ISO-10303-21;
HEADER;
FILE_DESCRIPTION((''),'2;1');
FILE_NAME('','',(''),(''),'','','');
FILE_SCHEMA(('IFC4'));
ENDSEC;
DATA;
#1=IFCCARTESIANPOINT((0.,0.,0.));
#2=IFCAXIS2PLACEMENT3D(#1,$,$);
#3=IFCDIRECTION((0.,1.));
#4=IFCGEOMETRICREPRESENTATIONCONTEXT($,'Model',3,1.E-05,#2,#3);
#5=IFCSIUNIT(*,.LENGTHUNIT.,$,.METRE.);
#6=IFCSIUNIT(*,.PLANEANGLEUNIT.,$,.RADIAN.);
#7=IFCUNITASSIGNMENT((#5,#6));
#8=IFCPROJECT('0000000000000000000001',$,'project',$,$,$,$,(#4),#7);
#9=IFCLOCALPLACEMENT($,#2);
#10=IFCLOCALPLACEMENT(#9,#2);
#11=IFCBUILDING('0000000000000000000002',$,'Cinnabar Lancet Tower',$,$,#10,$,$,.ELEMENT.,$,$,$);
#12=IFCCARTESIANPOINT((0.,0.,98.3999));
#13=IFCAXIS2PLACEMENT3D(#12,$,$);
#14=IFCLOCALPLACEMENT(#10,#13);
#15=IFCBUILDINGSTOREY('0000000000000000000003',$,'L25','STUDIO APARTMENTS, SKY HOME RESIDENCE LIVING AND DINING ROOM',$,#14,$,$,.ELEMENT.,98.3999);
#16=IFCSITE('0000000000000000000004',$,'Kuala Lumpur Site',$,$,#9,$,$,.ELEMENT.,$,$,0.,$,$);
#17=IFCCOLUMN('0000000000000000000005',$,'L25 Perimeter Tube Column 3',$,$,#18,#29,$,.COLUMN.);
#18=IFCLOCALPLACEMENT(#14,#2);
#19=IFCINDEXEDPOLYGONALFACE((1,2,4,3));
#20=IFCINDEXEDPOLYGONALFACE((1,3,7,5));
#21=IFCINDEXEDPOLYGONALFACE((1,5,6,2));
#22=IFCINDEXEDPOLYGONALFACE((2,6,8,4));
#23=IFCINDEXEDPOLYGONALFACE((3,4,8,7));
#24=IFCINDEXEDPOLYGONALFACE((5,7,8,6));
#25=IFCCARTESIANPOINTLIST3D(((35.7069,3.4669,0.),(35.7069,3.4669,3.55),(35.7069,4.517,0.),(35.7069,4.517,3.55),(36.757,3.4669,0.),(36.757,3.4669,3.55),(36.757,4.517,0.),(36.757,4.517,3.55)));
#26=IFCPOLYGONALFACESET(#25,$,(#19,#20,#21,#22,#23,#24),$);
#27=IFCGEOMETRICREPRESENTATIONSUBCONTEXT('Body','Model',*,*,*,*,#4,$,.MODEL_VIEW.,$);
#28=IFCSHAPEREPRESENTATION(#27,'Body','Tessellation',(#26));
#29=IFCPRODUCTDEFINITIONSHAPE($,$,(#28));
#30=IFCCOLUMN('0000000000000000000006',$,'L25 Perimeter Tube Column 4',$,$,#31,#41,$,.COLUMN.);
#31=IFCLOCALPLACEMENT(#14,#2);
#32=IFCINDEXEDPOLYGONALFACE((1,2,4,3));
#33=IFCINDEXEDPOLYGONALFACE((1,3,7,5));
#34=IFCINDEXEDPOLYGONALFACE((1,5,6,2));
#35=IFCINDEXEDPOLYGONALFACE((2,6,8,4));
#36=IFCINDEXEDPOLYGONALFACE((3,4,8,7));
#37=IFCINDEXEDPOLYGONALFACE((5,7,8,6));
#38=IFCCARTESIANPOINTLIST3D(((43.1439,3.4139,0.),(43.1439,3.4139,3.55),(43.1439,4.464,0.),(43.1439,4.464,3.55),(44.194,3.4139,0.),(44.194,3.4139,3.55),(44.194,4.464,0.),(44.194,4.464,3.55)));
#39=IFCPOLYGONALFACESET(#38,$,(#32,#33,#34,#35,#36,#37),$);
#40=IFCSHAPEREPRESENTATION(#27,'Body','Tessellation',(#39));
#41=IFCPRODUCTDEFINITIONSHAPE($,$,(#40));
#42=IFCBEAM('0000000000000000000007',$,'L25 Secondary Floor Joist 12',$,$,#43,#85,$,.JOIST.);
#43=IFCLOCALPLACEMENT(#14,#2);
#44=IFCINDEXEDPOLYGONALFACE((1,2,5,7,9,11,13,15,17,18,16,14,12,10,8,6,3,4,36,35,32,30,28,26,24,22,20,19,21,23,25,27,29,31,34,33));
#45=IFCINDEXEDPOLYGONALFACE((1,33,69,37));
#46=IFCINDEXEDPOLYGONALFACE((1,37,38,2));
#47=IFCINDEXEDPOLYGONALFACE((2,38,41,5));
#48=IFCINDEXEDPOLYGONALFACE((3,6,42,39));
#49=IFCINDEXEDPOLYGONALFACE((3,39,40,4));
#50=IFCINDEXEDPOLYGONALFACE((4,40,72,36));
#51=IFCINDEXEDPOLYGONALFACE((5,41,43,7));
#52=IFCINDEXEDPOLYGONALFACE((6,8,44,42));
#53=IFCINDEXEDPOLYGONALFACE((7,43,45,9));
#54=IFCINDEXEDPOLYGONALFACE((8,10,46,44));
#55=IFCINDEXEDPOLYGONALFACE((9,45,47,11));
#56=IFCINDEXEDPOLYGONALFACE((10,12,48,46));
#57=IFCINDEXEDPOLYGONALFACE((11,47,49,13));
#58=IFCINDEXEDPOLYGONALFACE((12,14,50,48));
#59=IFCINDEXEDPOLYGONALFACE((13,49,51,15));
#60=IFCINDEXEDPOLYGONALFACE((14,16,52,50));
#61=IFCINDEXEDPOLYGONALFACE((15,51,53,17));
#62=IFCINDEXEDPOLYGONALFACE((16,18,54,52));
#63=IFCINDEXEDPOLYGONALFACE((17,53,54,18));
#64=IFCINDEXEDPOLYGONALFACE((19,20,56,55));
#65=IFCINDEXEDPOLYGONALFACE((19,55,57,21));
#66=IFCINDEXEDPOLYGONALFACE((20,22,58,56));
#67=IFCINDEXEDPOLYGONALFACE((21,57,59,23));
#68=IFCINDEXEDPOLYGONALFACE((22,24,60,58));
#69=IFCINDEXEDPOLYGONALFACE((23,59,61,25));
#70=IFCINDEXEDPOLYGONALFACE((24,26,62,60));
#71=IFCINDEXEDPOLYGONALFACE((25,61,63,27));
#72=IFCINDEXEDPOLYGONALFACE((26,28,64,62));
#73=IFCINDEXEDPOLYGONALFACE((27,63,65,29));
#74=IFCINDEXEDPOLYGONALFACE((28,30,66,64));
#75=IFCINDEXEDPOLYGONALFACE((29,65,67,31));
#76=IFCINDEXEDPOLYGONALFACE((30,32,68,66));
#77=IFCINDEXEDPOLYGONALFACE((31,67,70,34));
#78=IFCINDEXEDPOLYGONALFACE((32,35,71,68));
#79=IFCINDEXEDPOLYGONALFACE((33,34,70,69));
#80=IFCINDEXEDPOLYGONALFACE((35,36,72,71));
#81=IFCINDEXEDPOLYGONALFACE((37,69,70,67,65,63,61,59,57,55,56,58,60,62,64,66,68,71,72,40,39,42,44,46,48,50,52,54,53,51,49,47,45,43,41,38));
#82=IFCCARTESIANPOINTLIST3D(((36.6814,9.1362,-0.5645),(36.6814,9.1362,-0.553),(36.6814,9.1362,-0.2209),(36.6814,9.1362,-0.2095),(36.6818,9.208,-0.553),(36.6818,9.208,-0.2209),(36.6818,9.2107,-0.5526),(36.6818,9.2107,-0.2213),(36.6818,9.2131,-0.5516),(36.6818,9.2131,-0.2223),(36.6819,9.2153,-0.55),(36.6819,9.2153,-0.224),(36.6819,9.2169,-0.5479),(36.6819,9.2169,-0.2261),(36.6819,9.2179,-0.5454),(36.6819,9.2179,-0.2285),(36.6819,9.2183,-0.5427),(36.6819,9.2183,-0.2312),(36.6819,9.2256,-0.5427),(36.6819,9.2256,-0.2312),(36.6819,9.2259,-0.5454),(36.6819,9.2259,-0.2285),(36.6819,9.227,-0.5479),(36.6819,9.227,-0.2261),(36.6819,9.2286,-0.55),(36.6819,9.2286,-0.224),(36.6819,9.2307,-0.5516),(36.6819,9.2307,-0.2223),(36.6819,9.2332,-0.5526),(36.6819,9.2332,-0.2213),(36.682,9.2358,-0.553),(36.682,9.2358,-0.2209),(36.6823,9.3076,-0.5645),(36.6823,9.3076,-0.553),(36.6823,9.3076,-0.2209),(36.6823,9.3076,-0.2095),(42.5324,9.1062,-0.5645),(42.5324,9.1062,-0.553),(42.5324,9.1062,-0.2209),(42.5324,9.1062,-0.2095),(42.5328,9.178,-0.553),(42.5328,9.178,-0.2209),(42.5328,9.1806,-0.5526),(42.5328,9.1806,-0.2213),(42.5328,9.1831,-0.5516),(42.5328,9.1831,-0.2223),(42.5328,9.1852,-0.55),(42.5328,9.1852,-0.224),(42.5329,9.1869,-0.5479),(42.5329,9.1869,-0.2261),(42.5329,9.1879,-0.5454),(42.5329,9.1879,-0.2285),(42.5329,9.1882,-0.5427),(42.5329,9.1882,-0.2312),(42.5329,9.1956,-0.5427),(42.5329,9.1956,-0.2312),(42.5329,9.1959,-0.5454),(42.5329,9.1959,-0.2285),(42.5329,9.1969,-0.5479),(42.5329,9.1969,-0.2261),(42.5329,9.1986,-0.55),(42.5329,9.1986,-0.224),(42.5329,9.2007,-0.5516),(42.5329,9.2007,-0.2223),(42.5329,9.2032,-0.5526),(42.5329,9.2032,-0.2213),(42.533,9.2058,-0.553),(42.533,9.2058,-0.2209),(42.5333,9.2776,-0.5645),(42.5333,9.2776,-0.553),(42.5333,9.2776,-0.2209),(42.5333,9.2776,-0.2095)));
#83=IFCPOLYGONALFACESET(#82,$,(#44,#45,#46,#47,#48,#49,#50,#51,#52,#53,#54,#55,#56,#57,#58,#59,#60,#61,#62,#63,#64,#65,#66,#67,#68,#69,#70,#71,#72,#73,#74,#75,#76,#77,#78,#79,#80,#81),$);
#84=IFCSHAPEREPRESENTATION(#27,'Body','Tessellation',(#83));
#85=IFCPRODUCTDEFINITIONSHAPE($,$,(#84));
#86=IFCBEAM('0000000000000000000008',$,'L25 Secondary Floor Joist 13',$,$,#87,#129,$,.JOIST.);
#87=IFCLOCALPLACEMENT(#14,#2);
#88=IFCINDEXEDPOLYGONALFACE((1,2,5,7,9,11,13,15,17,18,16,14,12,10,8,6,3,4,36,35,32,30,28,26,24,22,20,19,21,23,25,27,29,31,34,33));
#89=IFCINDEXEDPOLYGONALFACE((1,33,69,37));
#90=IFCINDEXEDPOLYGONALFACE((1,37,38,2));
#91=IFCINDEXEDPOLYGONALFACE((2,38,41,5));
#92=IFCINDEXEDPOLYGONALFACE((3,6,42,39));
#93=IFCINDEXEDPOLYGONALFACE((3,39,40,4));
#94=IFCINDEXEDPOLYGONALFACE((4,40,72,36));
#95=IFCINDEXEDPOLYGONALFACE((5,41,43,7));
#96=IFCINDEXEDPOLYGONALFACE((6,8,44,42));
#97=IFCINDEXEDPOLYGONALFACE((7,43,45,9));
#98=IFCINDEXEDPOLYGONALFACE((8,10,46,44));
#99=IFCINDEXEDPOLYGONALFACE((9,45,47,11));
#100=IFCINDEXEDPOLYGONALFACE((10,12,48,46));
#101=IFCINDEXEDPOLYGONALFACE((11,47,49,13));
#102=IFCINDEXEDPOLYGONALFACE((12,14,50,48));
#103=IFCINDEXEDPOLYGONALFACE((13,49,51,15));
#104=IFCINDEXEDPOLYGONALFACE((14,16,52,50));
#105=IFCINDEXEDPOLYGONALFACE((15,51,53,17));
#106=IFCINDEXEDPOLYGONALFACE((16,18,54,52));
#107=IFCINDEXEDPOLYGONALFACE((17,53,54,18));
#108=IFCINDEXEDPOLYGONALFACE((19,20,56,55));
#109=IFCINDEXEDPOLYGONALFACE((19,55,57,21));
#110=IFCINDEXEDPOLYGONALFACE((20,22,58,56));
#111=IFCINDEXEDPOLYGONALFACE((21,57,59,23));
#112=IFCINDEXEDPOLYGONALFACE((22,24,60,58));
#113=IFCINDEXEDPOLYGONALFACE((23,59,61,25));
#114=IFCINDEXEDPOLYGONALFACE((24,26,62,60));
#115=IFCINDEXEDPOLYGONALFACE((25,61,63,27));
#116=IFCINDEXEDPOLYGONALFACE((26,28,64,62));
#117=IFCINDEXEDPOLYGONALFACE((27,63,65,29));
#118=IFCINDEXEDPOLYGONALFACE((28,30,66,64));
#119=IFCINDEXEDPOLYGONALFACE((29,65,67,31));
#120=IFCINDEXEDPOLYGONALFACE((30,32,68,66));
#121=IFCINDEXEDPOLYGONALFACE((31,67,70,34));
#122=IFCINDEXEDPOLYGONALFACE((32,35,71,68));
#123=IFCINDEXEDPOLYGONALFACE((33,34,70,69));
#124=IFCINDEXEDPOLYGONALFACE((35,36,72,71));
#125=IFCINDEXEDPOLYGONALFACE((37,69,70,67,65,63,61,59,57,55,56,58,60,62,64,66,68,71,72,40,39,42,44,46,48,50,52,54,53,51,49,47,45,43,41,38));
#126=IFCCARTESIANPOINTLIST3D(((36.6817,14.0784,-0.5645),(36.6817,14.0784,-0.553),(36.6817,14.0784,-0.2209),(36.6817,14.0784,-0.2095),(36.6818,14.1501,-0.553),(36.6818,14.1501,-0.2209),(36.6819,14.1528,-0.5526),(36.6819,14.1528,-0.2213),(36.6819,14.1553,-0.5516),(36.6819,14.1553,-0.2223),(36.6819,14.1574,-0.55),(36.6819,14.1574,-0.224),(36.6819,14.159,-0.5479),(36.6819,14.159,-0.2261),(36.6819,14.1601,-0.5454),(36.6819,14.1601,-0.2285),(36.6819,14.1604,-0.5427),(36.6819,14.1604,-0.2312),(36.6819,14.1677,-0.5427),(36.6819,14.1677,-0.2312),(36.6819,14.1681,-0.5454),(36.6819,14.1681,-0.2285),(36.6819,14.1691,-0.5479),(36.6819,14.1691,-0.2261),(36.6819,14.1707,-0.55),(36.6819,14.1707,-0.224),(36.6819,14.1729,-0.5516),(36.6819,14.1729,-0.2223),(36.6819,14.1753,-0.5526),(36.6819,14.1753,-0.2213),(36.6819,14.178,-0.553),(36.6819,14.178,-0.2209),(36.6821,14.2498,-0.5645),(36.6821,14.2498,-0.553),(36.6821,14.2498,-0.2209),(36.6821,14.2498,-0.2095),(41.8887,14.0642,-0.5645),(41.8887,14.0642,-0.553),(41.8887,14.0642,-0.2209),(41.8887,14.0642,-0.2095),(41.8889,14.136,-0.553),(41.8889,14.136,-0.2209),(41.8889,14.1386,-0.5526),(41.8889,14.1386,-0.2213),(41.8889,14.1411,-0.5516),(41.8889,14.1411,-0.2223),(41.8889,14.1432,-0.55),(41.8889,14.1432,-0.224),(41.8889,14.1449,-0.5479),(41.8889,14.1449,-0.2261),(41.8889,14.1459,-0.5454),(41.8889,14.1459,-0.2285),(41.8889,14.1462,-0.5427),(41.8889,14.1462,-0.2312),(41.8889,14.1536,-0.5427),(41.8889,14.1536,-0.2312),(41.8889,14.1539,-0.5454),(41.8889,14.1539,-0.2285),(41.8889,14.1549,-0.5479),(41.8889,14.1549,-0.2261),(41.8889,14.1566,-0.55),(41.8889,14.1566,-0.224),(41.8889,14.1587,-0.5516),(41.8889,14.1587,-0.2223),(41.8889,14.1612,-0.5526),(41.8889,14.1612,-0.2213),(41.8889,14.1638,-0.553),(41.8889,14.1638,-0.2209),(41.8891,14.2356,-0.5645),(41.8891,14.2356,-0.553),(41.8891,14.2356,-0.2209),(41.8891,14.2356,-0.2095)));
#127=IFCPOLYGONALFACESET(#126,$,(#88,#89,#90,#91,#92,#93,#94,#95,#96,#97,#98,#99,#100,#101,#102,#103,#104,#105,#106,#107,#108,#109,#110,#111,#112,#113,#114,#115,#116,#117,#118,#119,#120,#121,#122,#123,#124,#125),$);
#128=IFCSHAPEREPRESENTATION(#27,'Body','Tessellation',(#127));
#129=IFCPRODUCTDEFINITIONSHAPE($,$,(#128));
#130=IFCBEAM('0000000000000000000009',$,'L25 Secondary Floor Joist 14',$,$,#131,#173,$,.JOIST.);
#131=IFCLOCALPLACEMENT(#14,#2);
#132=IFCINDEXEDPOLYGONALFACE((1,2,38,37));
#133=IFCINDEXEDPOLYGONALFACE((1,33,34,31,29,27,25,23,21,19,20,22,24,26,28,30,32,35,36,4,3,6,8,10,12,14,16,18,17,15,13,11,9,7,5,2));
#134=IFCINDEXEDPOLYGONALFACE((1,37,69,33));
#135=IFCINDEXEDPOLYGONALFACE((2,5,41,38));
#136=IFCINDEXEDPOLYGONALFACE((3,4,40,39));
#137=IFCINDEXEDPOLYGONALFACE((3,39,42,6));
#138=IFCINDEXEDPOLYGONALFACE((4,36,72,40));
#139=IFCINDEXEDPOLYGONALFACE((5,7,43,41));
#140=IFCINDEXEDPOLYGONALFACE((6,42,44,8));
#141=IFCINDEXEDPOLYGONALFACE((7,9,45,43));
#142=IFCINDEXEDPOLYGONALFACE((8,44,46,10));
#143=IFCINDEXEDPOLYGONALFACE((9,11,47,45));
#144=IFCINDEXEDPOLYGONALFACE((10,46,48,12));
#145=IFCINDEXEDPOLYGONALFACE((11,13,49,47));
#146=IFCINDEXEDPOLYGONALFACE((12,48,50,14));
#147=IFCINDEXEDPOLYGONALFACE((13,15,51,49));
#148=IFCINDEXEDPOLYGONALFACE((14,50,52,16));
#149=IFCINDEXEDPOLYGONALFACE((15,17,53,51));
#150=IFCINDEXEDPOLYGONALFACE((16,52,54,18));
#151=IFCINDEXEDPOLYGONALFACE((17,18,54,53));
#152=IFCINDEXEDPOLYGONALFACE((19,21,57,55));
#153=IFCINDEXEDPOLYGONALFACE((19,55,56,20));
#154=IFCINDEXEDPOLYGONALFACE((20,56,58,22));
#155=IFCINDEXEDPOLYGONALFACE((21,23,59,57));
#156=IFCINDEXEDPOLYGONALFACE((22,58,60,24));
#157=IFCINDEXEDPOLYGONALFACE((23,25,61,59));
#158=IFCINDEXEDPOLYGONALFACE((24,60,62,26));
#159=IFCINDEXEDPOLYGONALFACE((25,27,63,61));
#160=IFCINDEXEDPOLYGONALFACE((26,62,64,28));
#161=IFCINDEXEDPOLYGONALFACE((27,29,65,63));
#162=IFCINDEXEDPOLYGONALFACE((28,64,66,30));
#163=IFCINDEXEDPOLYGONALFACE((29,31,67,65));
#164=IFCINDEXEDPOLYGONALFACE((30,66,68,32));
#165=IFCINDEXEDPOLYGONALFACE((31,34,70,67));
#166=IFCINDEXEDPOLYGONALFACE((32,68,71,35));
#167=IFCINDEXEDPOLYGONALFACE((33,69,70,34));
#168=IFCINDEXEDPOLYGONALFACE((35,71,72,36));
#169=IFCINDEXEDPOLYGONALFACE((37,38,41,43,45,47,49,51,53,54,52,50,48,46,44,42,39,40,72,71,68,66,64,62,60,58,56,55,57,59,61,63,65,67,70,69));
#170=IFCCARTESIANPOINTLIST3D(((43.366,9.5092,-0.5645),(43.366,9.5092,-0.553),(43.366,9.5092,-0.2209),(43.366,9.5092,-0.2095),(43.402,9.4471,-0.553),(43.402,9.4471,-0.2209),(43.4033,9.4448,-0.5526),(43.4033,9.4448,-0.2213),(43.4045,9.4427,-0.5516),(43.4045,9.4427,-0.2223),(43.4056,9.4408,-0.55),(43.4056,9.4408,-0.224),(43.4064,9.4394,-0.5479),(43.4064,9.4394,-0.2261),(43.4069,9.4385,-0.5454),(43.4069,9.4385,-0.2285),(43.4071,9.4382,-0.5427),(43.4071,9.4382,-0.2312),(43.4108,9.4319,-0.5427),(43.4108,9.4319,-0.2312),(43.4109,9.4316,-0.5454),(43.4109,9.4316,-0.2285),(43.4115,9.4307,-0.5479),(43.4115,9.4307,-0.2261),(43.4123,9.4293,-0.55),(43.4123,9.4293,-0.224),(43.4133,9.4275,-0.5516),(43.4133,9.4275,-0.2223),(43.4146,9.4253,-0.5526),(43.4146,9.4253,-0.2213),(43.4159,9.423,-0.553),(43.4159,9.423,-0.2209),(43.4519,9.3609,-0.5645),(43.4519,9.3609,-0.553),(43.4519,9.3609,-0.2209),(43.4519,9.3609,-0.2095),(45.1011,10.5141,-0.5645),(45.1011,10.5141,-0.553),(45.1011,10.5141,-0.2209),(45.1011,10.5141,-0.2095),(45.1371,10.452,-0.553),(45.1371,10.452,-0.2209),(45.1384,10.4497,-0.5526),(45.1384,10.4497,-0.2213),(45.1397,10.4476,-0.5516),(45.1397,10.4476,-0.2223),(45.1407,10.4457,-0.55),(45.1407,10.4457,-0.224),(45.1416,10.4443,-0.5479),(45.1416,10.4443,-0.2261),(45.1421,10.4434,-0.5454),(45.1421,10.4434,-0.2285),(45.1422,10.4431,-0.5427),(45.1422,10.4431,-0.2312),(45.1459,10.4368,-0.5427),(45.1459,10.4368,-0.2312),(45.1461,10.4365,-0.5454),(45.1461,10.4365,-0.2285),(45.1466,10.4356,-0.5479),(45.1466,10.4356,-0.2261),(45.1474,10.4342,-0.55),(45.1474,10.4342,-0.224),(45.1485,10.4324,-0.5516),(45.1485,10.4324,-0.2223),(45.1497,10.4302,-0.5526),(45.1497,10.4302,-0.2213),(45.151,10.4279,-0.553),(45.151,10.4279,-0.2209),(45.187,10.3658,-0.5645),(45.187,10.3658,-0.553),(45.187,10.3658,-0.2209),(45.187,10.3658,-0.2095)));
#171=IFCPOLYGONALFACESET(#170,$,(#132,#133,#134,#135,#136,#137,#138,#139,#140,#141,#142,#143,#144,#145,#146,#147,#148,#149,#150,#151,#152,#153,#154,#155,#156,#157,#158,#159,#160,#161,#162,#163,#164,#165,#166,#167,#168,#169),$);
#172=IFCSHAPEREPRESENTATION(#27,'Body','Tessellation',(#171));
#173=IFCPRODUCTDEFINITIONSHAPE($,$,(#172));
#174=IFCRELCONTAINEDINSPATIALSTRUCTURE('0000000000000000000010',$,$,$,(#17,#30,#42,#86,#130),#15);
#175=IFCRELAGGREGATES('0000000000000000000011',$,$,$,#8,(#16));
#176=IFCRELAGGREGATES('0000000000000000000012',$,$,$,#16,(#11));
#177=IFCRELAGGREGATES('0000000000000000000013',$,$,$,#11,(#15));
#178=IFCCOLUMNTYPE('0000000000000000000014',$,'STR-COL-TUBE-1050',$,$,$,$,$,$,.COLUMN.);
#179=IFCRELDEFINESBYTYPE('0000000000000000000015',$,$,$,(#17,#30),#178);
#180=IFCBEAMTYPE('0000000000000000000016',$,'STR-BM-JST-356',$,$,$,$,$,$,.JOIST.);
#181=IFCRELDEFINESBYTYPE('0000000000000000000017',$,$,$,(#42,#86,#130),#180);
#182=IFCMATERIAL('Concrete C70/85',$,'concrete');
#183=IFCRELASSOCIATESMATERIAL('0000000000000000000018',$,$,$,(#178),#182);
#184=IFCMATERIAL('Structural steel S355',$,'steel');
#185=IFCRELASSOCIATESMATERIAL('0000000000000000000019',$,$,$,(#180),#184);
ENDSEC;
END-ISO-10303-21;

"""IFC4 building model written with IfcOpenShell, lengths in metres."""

from ifc_helpers import new_model, si_unit, direction, frame, origin, origin_2d, place, context, subcontext, project, spatial, rectangle, i_section, extrude, material, material_profile, profile_set, type_object, element, save


model = new_model("IFC4")

# Units and contexts
model_context = context("Model", 3, precision=1e-05, world=origin(), true_north=direction((0.0, 1.0)))
body_context = subcontext(model_context, "Body", "Model", "MODEL_VIEW")
ifc_project = project(units=[si_unit("LENGTHUNIT", "METRE"), si_unit("PLANEANGLEUNIT", "RADIAN")], contexts=[model_context])

# Site, building, storey
site_placement = place(None, origin())
site = spatial("IfcSite", under=ifc_project, at=site_placement, Name="Kuala Lumpur Site", CompositionType="ELEMENT", RefElevation=0.0)
building_placement = place(site_placement, origin())
building = spatial("IfcBuilding", under=site, at=building_placement, Name="Cinnabar Lancet Tower", CompositionType="ELEMENT")
storey_placement = place(building_placement, frame((0.0, 0.0, 98.3999)))
storey = spatial("IfcBuildingStorey", under=building, at=storey_placement, Name="L25", Description="STUDIO APARTMENTS, SKY HOME RESIDENCE LIVING AND DINING ROOM", CompositionType="ELEMENT", Elevation=98.3999)

# Columns
ifc_material_1 = material(Name="Concrete C70/85", Category="concrete")
ifc_material_profile_1 = material_profile(ifc_material_1, rectangle(XDim=1.05, YDim=1.05, at=origin_2d()), Name="RC-COL 1050x1050")
ifc_profile_set_1 = profile_set([ifc_material_profile_1], Name="Concrete C70/85")
column_type = type_object("IfcColumnType", Name="STR-COL-TUBE-1050", PredefinedType="COLUMN", material=ifc_profile_set_1)
for number, where, z_axis, x_axis, name in (
    (1, (36.2319, 3.9919, 0.0), (0.0, 0.0, 1.0), (1.0, 0.0, 0.0), "L25 Perimeter Tube Column 3"),
    (2, (43.6689, 3.939, 0.0), (0.0, 0.0, 1.0), (1.0, 0.0, 0.0), "L25 Perimeter Tube Column 4"),
):
    element("IfcColumn", number, at=place(storey_placement, frame(where, z_axis=z_axis, x_axis=x_axis)), inside=storey, type_object=column_type, Name=name, PredefinedType="COLUMN", context=body_context, shape_type="SweptSolid", body=[
        extrude(rectangle(XDim=1.05, YDim=1.05, at=origin_2d()), origin(), (0.0, 0.0, 1.0), 3.55),
    ])

# Beams
ifc_material_2 = material(Name="Structural steel S355", Category="steel")
ifc_material_profile_2 = material_profile(ifc_material_2, i_section(OverallWidth=0.1714, OverallDepth=0.355, WebThickness=0.0073, FlangeThickness=0.0115, FilletRadius=0.0103, at=origin_2d()), Name="UKB 356x171x51")
ifc_profile_set_2 = profile_set([ifc_material_profile_2], Name="Structural steel S355")
beam_type_1 = type_object("IfcBeamType", Name="STR-BM-JST-356", PredefinedType="JOIST", material=ifc_profile_set_2)
beam_1_placement = place(storey_placement, frame((36.6819, 9.2219, -0.387), z_axis=(0.999987, -0.005132, 0.0), x_axis=(0.005132, 0.999987, 0.0)))
element("IfcBeam", 3, at=beam_1_placement, inside=storey, type_object=beam_type_1, Name="L25 Secondary Floor Joist 12", PredefinedType="JOIST", context=body_context, shape_type="SweptSolid", body=[
    extrude(i_section(OverallWidth=0.1714, OverallDepth=0.355, WebThickness=0.0073, FlangeThickness=0.0115, FilletRadius=0.0103, at=origin_2d()), origin(), (0.0, 0.0, 1.0), 5.8511),
])
beam_2_placement = place(storey_placement, frame((36.6819, 14.1641, -0.387), z_axis=(0.999996, -0.002719, 0.0), x_axis=(0.002719, 0.999996, 0.0)))
element("IfcBeam", 4, at=beam_2_placement, inside=storey, type_object=beam_type_1, Name="L25 Secondary Floor Joist 13", PredefinedType="JOIST", context=body_context, shape_type="SweptSolid", body=[
    extrude(i_section(OverallWidth=0.1714, OverallDepth=0.355, WebThickness=0.0073, FlangeThickness=0.0115, FilletRadius=0.0103, at=origin_2d()), origin(), (0.0, 0.0, 1.0), 5.207),
])
beam_3_placement = place(storey_placement, frame((43.4089, 9.4351, -0.387), z_axis=(0.865351, 0.501166, 0.0), x_axis=(-0.501166, 0.865351, 0.0)))
element("IfcBeam", 5, at=beam_3_placement, inside=storey, type_object=beam_type_1, Name="L25 Secondary Floor Joist 14", PredefinedType="JOIST", context=body_context, shape_type="SweptSolid", body=[
    extrude(i_section(OverallWidth=0.1714, OverallDepth=0.355, WebThickness=0.0073, FlangeThickness=0.0115, FilletRadius=0.0103, at=origin_2d()), origin(), (0.0, 0.0, 1.0), 2.0051),
])

save(model, "model.ifc")
